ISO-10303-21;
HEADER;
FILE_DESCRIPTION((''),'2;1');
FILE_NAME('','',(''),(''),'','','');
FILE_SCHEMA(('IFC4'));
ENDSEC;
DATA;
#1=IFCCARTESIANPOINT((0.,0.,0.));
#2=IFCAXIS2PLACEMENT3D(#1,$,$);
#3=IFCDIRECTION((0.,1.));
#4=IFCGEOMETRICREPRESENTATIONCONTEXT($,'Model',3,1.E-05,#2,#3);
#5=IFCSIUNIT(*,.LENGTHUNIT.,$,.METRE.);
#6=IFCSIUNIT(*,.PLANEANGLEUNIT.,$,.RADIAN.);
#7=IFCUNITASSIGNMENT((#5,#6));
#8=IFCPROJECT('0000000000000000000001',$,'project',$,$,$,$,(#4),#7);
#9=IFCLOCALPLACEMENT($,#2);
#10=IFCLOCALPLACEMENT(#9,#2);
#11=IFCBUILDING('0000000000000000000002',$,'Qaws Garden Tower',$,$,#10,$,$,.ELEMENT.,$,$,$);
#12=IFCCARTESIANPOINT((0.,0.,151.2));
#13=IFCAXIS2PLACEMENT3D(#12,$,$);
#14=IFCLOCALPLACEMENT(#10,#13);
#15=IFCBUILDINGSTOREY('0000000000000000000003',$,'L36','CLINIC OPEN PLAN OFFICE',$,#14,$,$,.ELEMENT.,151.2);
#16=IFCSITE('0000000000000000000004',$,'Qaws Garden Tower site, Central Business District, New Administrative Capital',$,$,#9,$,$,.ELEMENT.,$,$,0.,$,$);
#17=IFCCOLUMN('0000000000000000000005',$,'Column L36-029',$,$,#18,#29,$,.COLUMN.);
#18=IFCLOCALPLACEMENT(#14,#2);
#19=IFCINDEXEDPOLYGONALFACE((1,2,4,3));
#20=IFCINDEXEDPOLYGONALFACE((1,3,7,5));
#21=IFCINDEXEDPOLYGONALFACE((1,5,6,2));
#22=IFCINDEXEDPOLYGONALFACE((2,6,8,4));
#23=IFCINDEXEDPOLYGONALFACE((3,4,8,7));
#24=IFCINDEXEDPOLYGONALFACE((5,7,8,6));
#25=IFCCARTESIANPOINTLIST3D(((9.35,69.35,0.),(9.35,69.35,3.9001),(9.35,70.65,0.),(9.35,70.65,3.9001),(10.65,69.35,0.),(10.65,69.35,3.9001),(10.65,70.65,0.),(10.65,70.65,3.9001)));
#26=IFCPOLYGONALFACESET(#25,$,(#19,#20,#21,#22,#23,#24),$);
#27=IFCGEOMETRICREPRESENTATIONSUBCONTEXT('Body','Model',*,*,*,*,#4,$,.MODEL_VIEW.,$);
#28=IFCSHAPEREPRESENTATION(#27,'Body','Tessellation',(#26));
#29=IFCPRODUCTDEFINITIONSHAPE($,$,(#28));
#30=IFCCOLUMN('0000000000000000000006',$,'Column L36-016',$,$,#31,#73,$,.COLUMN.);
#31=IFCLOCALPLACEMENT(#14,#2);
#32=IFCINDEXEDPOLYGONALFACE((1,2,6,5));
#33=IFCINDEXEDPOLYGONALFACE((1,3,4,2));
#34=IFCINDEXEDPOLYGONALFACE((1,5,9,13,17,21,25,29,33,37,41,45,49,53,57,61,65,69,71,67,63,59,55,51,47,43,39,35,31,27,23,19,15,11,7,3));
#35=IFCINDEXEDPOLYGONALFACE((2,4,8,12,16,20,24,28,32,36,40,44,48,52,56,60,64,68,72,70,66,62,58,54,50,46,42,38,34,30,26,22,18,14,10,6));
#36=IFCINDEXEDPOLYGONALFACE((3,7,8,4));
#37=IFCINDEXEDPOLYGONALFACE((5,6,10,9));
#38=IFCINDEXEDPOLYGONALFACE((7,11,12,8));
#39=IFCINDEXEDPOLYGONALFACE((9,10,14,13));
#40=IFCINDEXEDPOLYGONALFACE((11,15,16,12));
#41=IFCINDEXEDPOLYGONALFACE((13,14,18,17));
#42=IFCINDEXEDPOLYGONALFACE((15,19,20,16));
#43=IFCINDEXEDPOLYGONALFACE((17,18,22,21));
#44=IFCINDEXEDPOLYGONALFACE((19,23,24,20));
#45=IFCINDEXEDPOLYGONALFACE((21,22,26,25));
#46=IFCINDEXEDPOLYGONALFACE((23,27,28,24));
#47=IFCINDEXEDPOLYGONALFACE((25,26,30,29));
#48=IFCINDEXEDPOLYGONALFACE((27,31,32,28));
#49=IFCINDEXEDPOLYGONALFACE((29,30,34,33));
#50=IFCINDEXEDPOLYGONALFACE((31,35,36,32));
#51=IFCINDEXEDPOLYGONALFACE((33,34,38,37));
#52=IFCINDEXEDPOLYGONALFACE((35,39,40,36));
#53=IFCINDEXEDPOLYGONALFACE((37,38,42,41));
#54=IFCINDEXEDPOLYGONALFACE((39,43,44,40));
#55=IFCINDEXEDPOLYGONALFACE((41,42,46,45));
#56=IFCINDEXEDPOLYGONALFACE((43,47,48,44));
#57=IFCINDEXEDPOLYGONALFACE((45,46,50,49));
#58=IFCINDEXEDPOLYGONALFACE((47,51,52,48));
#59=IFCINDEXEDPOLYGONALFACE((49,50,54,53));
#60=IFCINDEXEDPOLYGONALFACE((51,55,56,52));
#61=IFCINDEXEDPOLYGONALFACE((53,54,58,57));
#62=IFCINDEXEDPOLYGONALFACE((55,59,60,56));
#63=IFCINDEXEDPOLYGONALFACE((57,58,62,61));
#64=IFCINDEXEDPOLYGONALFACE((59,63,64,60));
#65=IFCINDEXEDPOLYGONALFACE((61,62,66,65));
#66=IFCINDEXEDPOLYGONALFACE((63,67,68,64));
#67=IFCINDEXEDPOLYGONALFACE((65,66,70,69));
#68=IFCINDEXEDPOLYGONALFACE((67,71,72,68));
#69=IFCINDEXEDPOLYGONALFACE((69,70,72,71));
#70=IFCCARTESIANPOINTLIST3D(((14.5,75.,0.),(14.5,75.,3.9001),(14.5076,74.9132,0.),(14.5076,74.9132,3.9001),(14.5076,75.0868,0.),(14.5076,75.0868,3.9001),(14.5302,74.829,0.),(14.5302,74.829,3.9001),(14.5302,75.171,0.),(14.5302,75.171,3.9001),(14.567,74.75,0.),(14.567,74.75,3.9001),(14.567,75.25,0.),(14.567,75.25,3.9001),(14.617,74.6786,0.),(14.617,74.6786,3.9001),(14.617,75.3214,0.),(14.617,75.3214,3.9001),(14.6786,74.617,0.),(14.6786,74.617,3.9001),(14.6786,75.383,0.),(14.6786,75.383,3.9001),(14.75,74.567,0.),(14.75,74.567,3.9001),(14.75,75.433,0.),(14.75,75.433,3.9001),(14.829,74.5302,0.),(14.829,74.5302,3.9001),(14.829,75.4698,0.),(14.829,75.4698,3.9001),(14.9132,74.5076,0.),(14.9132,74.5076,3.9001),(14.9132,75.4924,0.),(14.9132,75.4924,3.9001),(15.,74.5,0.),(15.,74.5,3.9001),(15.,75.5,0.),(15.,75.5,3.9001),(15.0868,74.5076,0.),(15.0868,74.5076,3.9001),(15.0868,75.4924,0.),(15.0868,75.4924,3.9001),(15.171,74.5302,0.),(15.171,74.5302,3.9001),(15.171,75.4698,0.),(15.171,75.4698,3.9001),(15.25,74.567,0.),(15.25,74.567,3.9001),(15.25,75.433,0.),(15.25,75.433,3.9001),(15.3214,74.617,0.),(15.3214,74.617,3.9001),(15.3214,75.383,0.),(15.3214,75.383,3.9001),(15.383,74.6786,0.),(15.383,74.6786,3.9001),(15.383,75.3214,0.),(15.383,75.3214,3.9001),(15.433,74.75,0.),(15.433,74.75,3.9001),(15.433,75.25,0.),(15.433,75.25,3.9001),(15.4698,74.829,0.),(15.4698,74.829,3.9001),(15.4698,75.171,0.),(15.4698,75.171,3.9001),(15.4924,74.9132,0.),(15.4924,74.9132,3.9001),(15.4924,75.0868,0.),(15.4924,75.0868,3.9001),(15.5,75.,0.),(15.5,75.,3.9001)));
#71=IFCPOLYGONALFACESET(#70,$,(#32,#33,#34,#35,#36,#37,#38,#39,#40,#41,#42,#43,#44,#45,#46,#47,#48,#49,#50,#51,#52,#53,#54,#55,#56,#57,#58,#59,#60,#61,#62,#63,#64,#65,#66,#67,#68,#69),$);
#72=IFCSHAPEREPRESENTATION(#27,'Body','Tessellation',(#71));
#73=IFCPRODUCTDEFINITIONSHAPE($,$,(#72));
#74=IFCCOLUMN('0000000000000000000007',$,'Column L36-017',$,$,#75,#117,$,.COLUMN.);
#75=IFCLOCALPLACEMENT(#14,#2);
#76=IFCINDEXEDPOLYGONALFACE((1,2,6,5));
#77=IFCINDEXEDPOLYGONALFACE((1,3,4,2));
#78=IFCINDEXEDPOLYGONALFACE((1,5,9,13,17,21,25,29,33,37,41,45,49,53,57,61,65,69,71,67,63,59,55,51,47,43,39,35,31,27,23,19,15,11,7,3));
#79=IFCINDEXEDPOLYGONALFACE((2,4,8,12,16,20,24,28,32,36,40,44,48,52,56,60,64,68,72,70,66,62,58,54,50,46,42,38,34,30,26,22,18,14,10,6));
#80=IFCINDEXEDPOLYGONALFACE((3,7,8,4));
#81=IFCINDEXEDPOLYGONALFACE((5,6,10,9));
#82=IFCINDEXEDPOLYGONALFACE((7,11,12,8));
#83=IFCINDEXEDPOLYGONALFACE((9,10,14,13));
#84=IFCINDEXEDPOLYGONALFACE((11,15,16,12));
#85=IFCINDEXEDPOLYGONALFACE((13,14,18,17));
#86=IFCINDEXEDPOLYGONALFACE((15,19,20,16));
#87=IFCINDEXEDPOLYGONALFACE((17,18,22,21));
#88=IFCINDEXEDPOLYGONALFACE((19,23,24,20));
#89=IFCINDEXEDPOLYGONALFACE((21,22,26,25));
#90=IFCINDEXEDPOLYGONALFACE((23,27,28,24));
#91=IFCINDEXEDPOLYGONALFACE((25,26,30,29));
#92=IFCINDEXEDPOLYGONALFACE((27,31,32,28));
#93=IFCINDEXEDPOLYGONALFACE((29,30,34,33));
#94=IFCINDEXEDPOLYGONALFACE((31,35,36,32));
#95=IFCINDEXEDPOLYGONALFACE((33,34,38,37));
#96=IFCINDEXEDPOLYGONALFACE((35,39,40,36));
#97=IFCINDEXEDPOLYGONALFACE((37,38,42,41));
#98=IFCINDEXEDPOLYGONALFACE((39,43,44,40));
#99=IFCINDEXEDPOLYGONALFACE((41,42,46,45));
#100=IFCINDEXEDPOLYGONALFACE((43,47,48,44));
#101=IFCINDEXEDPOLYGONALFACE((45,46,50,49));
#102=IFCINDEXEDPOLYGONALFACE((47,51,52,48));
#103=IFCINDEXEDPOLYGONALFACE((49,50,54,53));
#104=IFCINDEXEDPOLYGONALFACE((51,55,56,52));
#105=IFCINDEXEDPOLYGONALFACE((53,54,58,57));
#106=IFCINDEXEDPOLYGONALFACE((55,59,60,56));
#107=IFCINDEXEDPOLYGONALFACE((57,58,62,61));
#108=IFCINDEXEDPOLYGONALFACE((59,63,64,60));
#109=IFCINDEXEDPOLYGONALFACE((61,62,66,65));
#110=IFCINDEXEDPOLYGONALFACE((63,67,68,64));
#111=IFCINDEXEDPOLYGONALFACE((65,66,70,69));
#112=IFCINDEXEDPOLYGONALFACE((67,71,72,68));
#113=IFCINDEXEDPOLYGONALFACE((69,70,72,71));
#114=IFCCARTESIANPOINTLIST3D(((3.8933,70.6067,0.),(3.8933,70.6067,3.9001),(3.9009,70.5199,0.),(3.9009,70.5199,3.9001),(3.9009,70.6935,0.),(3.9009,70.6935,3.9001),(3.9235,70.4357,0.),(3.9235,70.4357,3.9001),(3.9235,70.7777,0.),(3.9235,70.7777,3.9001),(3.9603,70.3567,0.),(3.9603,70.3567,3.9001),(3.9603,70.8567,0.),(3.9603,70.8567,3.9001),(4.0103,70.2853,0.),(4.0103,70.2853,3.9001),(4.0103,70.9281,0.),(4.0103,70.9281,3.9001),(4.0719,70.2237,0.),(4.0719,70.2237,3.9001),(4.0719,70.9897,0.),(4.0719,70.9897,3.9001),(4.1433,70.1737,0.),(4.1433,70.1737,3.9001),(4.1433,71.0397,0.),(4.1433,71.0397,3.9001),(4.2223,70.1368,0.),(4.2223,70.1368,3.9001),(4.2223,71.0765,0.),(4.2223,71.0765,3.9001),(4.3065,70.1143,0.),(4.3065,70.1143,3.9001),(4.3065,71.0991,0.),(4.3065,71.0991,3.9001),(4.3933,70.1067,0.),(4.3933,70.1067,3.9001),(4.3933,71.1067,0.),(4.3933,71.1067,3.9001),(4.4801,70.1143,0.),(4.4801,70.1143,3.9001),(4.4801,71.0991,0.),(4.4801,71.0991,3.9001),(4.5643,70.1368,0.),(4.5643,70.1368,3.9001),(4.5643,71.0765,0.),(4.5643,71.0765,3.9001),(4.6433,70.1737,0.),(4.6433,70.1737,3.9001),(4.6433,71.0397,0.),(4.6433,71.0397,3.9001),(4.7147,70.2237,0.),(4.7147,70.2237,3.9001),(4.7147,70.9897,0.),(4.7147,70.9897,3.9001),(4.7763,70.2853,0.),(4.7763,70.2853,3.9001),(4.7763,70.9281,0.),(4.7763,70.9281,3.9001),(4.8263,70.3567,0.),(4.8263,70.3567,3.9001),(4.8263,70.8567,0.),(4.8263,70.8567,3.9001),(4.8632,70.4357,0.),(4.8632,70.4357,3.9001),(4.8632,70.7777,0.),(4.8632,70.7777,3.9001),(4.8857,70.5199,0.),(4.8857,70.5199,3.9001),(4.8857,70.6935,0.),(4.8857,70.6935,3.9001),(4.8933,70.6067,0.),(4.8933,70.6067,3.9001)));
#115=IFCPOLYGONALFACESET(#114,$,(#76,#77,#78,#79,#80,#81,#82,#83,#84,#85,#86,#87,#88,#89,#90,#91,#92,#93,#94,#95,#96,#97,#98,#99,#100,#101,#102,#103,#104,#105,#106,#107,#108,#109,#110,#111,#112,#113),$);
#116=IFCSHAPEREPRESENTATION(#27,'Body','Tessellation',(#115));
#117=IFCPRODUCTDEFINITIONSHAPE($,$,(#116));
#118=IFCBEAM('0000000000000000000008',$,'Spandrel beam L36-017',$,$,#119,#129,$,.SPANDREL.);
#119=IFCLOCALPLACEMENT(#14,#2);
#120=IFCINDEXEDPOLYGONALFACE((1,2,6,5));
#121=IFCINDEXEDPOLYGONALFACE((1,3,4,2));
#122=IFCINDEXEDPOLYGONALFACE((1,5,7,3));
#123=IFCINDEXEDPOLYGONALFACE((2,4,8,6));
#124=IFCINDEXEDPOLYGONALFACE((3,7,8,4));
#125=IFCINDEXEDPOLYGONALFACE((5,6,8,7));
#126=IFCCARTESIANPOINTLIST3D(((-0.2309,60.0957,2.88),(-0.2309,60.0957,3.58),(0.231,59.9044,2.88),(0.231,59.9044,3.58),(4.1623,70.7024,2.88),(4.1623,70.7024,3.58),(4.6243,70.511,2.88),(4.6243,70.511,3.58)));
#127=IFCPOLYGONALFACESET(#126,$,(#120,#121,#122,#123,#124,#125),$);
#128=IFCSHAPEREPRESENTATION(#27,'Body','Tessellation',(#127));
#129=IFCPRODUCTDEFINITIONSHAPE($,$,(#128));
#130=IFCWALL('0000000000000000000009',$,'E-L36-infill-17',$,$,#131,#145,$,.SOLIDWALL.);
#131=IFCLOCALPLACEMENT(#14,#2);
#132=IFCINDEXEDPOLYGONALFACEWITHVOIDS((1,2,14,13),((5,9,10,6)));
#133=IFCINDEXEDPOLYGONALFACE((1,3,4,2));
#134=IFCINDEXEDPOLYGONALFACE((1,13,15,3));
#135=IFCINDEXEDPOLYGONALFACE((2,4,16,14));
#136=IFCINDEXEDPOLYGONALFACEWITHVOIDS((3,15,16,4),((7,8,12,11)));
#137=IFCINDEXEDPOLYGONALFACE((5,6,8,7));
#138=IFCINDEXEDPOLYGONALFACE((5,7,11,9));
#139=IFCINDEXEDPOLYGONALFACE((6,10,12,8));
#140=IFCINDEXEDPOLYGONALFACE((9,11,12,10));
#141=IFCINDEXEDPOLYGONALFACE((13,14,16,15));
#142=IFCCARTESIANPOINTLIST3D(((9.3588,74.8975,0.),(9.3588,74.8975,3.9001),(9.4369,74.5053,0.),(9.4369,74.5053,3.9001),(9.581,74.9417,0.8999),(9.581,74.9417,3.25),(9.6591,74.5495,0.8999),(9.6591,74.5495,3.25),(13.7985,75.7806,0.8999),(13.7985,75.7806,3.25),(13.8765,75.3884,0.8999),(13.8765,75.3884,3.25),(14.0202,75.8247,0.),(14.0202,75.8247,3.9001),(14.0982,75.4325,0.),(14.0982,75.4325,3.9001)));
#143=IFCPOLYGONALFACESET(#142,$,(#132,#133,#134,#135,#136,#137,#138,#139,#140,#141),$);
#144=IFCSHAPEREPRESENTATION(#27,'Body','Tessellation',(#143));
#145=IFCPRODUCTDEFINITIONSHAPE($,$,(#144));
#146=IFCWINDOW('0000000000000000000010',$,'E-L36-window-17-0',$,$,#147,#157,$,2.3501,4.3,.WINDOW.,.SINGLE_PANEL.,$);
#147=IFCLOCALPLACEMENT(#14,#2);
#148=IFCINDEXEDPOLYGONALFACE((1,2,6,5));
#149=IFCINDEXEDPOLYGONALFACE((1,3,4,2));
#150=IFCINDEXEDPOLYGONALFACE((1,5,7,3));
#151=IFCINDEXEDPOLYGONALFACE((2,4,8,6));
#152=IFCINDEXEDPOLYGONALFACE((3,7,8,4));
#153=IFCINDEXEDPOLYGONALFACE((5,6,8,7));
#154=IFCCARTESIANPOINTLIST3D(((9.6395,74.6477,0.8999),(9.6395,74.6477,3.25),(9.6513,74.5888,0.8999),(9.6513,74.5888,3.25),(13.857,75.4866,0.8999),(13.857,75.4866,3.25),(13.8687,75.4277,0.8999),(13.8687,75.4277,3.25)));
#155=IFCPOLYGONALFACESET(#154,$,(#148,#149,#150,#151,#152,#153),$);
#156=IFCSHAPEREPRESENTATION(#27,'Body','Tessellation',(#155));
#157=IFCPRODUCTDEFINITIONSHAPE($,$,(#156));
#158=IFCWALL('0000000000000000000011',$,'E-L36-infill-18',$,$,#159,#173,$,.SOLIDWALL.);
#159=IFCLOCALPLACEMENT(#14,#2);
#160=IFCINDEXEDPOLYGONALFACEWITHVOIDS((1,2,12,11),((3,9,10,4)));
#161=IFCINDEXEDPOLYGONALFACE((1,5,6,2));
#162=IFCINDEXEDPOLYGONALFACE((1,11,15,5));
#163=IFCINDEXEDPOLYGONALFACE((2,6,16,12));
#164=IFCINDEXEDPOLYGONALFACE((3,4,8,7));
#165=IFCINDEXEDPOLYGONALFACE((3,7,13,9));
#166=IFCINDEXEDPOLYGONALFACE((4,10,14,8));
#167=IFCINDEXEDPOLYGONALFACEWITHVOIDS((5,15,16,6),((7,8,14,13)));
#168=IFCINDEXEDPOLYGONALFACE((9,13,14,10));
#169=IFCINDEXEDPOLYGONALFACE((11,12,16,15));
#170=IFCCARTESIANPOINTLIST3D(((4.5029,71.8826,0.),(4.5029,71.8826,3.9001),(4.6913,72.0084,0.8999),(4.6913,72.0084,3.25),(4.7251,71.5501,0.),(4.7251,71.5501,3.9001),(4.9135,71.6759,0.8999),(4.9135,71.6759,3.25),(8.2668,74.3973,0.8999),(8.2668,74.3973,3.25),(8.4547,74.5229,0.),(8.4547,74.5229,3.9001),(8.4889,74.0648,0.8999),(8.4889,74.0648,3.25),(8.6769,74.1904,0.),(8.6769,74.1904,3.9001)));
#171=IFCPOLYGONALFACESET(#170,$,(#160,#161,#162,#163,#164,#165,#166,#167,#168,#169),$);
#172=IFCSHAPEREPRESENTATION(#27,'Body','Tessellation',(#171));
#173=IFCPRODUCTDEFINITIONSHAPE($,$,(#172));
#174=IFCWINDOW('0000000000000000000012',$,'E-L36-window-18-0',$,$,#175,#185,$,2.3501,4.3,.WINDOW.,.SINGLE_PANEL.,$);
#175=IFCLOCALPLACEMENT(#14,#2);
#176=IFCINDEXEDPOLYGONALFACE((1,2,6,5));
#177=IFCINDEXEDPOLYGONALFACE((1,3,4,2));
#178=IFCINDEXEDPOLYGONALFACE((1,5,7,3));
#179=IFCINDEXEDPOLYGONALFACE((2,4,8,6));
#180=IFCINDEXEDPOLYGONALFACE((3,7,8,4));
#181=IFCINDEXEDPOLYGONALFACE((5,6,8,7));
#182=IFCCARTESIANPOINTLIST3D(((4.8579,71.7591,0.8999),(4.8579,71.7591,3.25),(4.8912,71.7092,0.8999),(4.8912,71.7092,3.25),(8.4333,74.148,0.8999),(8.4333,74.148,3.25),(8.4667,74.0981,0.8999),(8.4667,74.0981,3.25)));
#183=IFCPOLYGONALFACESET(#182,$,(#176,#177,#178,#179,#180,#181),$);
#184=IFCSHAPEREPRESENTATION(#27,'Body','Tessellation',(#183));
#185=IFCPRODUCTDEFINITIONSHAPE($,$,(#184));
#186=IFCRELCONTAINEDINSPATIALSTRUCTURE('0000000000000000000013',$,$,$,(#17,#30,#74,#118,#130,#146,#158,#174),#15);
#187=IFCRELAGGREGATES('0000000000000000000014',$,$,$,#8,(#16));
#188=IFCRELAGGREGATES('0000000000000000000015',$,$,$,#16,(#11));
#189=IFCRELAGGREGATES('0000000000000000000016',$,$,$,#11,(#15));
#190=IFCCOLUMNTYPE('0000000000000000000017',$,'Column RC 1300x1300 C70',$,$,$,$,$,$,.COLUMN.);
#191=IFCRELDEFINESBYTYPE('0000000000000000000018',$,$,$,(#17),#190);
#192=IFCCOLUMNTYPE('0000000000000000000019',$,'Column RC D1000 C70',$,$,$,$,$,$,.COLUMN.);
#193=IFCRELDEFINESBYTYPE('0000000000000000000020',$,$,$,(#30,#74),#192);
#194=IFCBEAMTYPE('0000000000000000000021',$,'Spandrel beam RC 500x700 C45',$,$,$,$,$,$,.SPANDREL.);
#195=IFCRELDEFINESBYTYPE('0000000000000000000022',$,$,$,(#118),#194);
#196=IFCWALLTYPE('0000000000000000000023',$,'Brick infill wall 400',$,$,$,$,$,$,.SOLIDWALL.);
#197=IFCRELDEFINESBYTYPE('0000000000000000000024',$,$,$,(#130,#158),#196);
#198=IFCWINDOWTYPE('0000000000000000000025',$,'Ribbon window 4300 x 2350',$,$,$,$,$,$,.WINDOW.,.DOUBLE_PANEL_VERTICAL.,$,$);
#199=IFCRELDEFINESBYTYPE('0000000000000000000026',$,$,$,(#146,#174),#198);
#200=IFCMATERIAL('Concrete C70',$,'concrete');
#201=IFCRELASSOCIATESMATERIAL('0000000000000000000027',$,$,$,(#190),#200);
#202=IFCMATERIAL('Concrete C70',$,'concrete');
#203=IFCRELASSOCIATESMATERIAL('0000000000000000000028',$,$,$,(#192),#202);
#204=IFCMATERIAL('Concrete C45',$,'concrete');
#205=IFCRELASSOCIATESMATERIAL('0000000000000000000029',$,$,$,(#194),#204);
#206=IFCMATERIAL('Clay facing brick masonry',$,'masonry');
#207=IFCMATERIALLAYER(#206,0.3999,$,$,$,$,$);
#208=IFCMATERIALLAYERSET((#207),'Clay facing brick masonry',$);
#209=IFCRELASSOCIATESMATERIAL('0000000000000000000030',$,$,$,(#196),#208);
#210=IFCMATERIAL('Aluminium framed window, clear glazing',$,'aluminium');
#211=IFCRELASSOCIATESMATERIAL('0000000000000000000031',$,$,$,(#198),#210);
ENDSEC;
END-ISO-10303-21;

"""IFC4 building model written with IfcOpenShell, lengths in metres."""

from ifc_helpers import new_model, si_unit, direction, frame, frame_2d, origin, origin_2d, place, context, subcontext, project, spatial, rectangle, circle, extrude, material, layer, layer_set, material_profile, profile_set, type_object, element, fill, save


model = new_model("IFC4")

# Units and contexts
model_context = context("Model", 3, precision=1e-05, world=origin(), true_north=direction((0.0, 1.0)))
body_context = subcontext(model_context, "Body", "Model", "MODEL_VIEW")
ifc_project = project(units=[si_unit("LENGTHUNIT", "METRE"), si_unit("PLANEANGLEUNIT", "RADIAN")], contexts=[model_context])

# Site, building, storey
site_placement = place(None, origin())
site = spatial("IfcSite", under=ifc_project, at=site_placement, Name="Qaws Garden Tower site, Central Business District, New Administrative Capital", CompositionType="ELEMENT", RefElevation=0.0)
building_placement = place(site_placement, origin())
building = spatial("IfcBuilding", under=site, at=building_placement, Name="Qaws Garden Tower", CompositionType="ELEMENT")
storey_placement = place(building_placement, frame((0.0, 0.0, 151.2)))
storey = spatial("IfcBuildingStorey", under=building, at=storey_placement, Name="L36", Description="CLINIC OPEN PLAN OFFICE", CompositionType="ELEMENT", Elevation=151.2)

# Columns
ifc_material_1 = material(Name="Concrete C70", Category="concrete")
ifc_material_profile_1 = material_profile(ifc_material_1, rectangle(XDim=1.3, YDim=1.3, at=origin_2d()), Name="RC 1300x1300")
ifc_profile_set_1 = profile_set([ifc_material_profile_1], Name="Concrete C70")
column_type_1 = type_object("IfcColumnType", Name="Column RC 1300x1300 C70", PredefinedType="COLUMN", material=ifc_profile_set_1)
column_placement = place(storey_placement, frame((10.0, 70.0, 0.0), z_axis=(0.0, 0.0, 1.0), x_axis=(1.0, 0.0, 0.0)))
element("IfcColumn", 1, at=column_placement, inside=storey, type_object=column_type_1, Name="Column L36-029", PredefinedType="COLUMN", context=body_context, shape_type="SweptSolid", body=[
    extrude(rectangle(XDim=1.3, YDim=1.3, at=origin_2d()), origin(), (0.0, 0.0, 1.0), 3.9001),
])
ifc_material_2 = material(Name="Concrete C70", Category="concrete")
ifc_material_profile_2 = material_profile(ifc_material_2, circle(Radius=0.5, at=origin_2d()), Name="RC D1000")
ifc_profile_set_2 = profile_set([ifc_material_profile_2], Name="Concrete C70")
column_type_2 = type_object("IfcColumnType", Name="Column RC D1000 C70", PredefinedType="COLUMN", material=ifc_profile_set_2)
for number, where, z_axis, x_axis, name in (
    (2, (15.0, 75.0, 0.0), (0.0, 0.0, 1.0), (1.0, 0.0, 0.0), "Column L36-016"),
    (3, (4.3933, 70.6067, 0.0), (0.0, 0.0, 1.0), (1.0, 0.0, 0.0), "Column L36-017"),
):
    element("IfcColumn", number, at=place(storey_placement, frame(where, z_axis=z_axis, x_axis=x_axis)), inside=storey, type_object=column_type_2, Name=name, PredefinedType="COLUMN", context=body_context, shape_type="SweptSolid", body=[
        extrude(circle(Radius=0.5, at=origin_2d()), origin(), (0.0, 0.0, 1.0), 3.9001),
    ])

# Beam
ifc_material_3 = material(Name="Concrete C45", Category="concrete")
ifc_material_profile_3 = material_profile(ifc_material_3, rectangle(XDim=0.5, YDim=0.7, at=origin_2d()), Name="RC 500x700")
ifc_profile_set_3 = profile_set([ifc_material_profile_3], Name="Concrete C45")
beam_type = type_object("IfcBeamType", Name="Spandrel beam RC 500x700 C45", PredefinedType="SPANDREL", material=ifc_profile_set_3)
beam_placement = place(storey_placement, frame((4.3933, 70.6067, 3.23), z_axis=(-0.382674, -0.923883, 0.0), x_axis=(0.923883, -0.382674, 0.0)))
element("IfcBeam", 4, at=beam_placement, inside=storey, type_object=beam_type, Name="Spandrel beam L36-017", PredefinedType="SPANDREL", context=body_context, shape_type="SweptSolid", body=[
    extrude(rectangle(XDim=0.5, YDim=0.7, at=origin_2d()), origin(), (0.0, 0.0, 1.0), 11.4805),
])

# Walls, openings, windows
ifc_material_4 = material(Name="Clay facing brick masonry", Category="masonry")
ifc_layer_1 = layer(ifc_material_4, 0.3999)
ifc_layer_set_1 = layer_set([ifc_layer_1], Name="Clay facing brick masonry")
wall_type_1 = type_object("IfcWallType", Name="Brick infill wall 400", PredefinedType="SOLIDWALL", material=ifc_layer_set_1)
wall_1_placement = place(storey_placement, frame((14.0593, 75.6287, 0.0), z_axis=(0.0, 0.0, 1.0), x_axis=(-0.980784, -0.195099, 0.0)))
wall_1 = element("IfcWall", 5, at=wall_1_placement, inside=storey, type_object=wall_type_1, Name="E-L36-infill-17", PredefinedType="SOLIDWALL", context=body_context, shape_type="SweptSolid", body=[
    extrude(rectangle(XDim=4.7527, YDim=0.3999, at=frame_2d((2.3765, 0.0))), origin(), (0.0, 0.0, 1.0), 3.9001),
])
opening_1_placement = place(wall_1_placement, frame((0.2263, 0.0, 0.8999)))
opening_1 = element("IfcOpeningElement", 6, at=opening_1_placement, cuts=wall_1, PredefinedType="OPENING", context=body_context, shape_type="SweptSolid", body=[
    extrude(rectangle(XDim=4.3, YDim=2.3501, at=frame_2d((2.1499, 1.175))), frame((0.0, 0.21, 0.0), z_axis=(0.0, -1.0, 0.0), x_axis=(1.0, 0.0, 0.0)), (0.0, 0.0, 1.0), 0.4199),
])
ifc_material_5 = material(Name="Aluminium framed window, clear glazing", Category="aluminium")
window_type = type_object("IfcWindowType", Name="Ribbon window 4300 x 2350", PartitioningType="DOUBLE_PANEL_VERTICAL", PredefinedType="WINDOW", material=ifc_material_5)
window_1_placement = place(opening_1_placement, origin())
window_1 = element("IfcWindow", 7, at=window_1_placement, inside=storey, type_object=window_type, Name="E-L36-window-17-0", OverallHeight=2.3501, OverallWidth=4.3, PartitioningType="SINGLE_PANEL", PredefinedType="WINDOW", context=body_context, shape_type="SweptSolid", body=[
    extrude(rectangle(XDim=4.3, YDim=2.3501, at=frame_2d((2.1499, 1.175))), frame((0.0, 0.1599, 0.0), z_axis=(0.0, -1.0, 0.0), x_axis=(1.0, 0.0, 0.0)), (0.0, 0.0, 1.0), 0.0601),
])
fill(opening_1, window_1)
wall_2_placement = place(storey_placement, frame((8.5659, 74.3567, 0.0), z_axis=(0.0, 0.0, 1.0), x_axis=(-0.831489, -0.555542, 0.0)))
wall_2 = element("IfcWall", 8, at=wall_2_placement, inside=storey, type_object=wall_type_1, Name="E-L36-infill-18", PredefinedType="SOLIDWALL", context=body_context, shape_type="SweptSolid", body=[
    extrude(rectangle(XDim=4.7527, YDim=0.3999, at=frame_2d((2.3765, 0.0))), origin(), (0.0, 0.0, 1.0), 3.9001),
])
opening_2_placement = place(wall_2_placement, frame((0.2263, 0.0, 0.8999)))
opening_2 = element("IfcOpeningElement", 9, at=opening_2_placement, cuts=wall_2, PredefinedType="OPENING", context=body_context, shape_type="SweptSolid", body=[
    extrude(rectangle(XDim=4.3, YDim=2.3501, at=frame_2d((2.1499, 1.175))), frame((0.0, 0.21, 0.0), z_axis=(0.0, -1.0, 0.0), x_axis=(1.0, 0.0, 0.0)), (0.0, 0.0, 1.0), 0.4199),
])
window_2_placement = place(opening_2_placement, origin())
window_2 = element("IfcWindow", 10, at=window_2_placement, inside=storey, type_object=window_type, Name="E-L36-window-18-0", OverallHeight=2.3501, OverallWidth=4.3, PartitioningType="SINGLE_PANEL", PredefinedType="WINDOW", context=body_context, shape_type="SweptSolid", body=[
    extrude(rectangle(XDim=4.3, YDim=2.3501, at=frame_2d((2.1499, 1.175))), frame((0.0, 0.1599, 0.0), z_axis=(0.0, -1.0, 0.0), x_axis=(1.0, 0.0, 0.0)), (0.0, 0.0, 1.0), 0.0601),
])
fill(opening_2, window_2)

save(model, "model.ifc")
